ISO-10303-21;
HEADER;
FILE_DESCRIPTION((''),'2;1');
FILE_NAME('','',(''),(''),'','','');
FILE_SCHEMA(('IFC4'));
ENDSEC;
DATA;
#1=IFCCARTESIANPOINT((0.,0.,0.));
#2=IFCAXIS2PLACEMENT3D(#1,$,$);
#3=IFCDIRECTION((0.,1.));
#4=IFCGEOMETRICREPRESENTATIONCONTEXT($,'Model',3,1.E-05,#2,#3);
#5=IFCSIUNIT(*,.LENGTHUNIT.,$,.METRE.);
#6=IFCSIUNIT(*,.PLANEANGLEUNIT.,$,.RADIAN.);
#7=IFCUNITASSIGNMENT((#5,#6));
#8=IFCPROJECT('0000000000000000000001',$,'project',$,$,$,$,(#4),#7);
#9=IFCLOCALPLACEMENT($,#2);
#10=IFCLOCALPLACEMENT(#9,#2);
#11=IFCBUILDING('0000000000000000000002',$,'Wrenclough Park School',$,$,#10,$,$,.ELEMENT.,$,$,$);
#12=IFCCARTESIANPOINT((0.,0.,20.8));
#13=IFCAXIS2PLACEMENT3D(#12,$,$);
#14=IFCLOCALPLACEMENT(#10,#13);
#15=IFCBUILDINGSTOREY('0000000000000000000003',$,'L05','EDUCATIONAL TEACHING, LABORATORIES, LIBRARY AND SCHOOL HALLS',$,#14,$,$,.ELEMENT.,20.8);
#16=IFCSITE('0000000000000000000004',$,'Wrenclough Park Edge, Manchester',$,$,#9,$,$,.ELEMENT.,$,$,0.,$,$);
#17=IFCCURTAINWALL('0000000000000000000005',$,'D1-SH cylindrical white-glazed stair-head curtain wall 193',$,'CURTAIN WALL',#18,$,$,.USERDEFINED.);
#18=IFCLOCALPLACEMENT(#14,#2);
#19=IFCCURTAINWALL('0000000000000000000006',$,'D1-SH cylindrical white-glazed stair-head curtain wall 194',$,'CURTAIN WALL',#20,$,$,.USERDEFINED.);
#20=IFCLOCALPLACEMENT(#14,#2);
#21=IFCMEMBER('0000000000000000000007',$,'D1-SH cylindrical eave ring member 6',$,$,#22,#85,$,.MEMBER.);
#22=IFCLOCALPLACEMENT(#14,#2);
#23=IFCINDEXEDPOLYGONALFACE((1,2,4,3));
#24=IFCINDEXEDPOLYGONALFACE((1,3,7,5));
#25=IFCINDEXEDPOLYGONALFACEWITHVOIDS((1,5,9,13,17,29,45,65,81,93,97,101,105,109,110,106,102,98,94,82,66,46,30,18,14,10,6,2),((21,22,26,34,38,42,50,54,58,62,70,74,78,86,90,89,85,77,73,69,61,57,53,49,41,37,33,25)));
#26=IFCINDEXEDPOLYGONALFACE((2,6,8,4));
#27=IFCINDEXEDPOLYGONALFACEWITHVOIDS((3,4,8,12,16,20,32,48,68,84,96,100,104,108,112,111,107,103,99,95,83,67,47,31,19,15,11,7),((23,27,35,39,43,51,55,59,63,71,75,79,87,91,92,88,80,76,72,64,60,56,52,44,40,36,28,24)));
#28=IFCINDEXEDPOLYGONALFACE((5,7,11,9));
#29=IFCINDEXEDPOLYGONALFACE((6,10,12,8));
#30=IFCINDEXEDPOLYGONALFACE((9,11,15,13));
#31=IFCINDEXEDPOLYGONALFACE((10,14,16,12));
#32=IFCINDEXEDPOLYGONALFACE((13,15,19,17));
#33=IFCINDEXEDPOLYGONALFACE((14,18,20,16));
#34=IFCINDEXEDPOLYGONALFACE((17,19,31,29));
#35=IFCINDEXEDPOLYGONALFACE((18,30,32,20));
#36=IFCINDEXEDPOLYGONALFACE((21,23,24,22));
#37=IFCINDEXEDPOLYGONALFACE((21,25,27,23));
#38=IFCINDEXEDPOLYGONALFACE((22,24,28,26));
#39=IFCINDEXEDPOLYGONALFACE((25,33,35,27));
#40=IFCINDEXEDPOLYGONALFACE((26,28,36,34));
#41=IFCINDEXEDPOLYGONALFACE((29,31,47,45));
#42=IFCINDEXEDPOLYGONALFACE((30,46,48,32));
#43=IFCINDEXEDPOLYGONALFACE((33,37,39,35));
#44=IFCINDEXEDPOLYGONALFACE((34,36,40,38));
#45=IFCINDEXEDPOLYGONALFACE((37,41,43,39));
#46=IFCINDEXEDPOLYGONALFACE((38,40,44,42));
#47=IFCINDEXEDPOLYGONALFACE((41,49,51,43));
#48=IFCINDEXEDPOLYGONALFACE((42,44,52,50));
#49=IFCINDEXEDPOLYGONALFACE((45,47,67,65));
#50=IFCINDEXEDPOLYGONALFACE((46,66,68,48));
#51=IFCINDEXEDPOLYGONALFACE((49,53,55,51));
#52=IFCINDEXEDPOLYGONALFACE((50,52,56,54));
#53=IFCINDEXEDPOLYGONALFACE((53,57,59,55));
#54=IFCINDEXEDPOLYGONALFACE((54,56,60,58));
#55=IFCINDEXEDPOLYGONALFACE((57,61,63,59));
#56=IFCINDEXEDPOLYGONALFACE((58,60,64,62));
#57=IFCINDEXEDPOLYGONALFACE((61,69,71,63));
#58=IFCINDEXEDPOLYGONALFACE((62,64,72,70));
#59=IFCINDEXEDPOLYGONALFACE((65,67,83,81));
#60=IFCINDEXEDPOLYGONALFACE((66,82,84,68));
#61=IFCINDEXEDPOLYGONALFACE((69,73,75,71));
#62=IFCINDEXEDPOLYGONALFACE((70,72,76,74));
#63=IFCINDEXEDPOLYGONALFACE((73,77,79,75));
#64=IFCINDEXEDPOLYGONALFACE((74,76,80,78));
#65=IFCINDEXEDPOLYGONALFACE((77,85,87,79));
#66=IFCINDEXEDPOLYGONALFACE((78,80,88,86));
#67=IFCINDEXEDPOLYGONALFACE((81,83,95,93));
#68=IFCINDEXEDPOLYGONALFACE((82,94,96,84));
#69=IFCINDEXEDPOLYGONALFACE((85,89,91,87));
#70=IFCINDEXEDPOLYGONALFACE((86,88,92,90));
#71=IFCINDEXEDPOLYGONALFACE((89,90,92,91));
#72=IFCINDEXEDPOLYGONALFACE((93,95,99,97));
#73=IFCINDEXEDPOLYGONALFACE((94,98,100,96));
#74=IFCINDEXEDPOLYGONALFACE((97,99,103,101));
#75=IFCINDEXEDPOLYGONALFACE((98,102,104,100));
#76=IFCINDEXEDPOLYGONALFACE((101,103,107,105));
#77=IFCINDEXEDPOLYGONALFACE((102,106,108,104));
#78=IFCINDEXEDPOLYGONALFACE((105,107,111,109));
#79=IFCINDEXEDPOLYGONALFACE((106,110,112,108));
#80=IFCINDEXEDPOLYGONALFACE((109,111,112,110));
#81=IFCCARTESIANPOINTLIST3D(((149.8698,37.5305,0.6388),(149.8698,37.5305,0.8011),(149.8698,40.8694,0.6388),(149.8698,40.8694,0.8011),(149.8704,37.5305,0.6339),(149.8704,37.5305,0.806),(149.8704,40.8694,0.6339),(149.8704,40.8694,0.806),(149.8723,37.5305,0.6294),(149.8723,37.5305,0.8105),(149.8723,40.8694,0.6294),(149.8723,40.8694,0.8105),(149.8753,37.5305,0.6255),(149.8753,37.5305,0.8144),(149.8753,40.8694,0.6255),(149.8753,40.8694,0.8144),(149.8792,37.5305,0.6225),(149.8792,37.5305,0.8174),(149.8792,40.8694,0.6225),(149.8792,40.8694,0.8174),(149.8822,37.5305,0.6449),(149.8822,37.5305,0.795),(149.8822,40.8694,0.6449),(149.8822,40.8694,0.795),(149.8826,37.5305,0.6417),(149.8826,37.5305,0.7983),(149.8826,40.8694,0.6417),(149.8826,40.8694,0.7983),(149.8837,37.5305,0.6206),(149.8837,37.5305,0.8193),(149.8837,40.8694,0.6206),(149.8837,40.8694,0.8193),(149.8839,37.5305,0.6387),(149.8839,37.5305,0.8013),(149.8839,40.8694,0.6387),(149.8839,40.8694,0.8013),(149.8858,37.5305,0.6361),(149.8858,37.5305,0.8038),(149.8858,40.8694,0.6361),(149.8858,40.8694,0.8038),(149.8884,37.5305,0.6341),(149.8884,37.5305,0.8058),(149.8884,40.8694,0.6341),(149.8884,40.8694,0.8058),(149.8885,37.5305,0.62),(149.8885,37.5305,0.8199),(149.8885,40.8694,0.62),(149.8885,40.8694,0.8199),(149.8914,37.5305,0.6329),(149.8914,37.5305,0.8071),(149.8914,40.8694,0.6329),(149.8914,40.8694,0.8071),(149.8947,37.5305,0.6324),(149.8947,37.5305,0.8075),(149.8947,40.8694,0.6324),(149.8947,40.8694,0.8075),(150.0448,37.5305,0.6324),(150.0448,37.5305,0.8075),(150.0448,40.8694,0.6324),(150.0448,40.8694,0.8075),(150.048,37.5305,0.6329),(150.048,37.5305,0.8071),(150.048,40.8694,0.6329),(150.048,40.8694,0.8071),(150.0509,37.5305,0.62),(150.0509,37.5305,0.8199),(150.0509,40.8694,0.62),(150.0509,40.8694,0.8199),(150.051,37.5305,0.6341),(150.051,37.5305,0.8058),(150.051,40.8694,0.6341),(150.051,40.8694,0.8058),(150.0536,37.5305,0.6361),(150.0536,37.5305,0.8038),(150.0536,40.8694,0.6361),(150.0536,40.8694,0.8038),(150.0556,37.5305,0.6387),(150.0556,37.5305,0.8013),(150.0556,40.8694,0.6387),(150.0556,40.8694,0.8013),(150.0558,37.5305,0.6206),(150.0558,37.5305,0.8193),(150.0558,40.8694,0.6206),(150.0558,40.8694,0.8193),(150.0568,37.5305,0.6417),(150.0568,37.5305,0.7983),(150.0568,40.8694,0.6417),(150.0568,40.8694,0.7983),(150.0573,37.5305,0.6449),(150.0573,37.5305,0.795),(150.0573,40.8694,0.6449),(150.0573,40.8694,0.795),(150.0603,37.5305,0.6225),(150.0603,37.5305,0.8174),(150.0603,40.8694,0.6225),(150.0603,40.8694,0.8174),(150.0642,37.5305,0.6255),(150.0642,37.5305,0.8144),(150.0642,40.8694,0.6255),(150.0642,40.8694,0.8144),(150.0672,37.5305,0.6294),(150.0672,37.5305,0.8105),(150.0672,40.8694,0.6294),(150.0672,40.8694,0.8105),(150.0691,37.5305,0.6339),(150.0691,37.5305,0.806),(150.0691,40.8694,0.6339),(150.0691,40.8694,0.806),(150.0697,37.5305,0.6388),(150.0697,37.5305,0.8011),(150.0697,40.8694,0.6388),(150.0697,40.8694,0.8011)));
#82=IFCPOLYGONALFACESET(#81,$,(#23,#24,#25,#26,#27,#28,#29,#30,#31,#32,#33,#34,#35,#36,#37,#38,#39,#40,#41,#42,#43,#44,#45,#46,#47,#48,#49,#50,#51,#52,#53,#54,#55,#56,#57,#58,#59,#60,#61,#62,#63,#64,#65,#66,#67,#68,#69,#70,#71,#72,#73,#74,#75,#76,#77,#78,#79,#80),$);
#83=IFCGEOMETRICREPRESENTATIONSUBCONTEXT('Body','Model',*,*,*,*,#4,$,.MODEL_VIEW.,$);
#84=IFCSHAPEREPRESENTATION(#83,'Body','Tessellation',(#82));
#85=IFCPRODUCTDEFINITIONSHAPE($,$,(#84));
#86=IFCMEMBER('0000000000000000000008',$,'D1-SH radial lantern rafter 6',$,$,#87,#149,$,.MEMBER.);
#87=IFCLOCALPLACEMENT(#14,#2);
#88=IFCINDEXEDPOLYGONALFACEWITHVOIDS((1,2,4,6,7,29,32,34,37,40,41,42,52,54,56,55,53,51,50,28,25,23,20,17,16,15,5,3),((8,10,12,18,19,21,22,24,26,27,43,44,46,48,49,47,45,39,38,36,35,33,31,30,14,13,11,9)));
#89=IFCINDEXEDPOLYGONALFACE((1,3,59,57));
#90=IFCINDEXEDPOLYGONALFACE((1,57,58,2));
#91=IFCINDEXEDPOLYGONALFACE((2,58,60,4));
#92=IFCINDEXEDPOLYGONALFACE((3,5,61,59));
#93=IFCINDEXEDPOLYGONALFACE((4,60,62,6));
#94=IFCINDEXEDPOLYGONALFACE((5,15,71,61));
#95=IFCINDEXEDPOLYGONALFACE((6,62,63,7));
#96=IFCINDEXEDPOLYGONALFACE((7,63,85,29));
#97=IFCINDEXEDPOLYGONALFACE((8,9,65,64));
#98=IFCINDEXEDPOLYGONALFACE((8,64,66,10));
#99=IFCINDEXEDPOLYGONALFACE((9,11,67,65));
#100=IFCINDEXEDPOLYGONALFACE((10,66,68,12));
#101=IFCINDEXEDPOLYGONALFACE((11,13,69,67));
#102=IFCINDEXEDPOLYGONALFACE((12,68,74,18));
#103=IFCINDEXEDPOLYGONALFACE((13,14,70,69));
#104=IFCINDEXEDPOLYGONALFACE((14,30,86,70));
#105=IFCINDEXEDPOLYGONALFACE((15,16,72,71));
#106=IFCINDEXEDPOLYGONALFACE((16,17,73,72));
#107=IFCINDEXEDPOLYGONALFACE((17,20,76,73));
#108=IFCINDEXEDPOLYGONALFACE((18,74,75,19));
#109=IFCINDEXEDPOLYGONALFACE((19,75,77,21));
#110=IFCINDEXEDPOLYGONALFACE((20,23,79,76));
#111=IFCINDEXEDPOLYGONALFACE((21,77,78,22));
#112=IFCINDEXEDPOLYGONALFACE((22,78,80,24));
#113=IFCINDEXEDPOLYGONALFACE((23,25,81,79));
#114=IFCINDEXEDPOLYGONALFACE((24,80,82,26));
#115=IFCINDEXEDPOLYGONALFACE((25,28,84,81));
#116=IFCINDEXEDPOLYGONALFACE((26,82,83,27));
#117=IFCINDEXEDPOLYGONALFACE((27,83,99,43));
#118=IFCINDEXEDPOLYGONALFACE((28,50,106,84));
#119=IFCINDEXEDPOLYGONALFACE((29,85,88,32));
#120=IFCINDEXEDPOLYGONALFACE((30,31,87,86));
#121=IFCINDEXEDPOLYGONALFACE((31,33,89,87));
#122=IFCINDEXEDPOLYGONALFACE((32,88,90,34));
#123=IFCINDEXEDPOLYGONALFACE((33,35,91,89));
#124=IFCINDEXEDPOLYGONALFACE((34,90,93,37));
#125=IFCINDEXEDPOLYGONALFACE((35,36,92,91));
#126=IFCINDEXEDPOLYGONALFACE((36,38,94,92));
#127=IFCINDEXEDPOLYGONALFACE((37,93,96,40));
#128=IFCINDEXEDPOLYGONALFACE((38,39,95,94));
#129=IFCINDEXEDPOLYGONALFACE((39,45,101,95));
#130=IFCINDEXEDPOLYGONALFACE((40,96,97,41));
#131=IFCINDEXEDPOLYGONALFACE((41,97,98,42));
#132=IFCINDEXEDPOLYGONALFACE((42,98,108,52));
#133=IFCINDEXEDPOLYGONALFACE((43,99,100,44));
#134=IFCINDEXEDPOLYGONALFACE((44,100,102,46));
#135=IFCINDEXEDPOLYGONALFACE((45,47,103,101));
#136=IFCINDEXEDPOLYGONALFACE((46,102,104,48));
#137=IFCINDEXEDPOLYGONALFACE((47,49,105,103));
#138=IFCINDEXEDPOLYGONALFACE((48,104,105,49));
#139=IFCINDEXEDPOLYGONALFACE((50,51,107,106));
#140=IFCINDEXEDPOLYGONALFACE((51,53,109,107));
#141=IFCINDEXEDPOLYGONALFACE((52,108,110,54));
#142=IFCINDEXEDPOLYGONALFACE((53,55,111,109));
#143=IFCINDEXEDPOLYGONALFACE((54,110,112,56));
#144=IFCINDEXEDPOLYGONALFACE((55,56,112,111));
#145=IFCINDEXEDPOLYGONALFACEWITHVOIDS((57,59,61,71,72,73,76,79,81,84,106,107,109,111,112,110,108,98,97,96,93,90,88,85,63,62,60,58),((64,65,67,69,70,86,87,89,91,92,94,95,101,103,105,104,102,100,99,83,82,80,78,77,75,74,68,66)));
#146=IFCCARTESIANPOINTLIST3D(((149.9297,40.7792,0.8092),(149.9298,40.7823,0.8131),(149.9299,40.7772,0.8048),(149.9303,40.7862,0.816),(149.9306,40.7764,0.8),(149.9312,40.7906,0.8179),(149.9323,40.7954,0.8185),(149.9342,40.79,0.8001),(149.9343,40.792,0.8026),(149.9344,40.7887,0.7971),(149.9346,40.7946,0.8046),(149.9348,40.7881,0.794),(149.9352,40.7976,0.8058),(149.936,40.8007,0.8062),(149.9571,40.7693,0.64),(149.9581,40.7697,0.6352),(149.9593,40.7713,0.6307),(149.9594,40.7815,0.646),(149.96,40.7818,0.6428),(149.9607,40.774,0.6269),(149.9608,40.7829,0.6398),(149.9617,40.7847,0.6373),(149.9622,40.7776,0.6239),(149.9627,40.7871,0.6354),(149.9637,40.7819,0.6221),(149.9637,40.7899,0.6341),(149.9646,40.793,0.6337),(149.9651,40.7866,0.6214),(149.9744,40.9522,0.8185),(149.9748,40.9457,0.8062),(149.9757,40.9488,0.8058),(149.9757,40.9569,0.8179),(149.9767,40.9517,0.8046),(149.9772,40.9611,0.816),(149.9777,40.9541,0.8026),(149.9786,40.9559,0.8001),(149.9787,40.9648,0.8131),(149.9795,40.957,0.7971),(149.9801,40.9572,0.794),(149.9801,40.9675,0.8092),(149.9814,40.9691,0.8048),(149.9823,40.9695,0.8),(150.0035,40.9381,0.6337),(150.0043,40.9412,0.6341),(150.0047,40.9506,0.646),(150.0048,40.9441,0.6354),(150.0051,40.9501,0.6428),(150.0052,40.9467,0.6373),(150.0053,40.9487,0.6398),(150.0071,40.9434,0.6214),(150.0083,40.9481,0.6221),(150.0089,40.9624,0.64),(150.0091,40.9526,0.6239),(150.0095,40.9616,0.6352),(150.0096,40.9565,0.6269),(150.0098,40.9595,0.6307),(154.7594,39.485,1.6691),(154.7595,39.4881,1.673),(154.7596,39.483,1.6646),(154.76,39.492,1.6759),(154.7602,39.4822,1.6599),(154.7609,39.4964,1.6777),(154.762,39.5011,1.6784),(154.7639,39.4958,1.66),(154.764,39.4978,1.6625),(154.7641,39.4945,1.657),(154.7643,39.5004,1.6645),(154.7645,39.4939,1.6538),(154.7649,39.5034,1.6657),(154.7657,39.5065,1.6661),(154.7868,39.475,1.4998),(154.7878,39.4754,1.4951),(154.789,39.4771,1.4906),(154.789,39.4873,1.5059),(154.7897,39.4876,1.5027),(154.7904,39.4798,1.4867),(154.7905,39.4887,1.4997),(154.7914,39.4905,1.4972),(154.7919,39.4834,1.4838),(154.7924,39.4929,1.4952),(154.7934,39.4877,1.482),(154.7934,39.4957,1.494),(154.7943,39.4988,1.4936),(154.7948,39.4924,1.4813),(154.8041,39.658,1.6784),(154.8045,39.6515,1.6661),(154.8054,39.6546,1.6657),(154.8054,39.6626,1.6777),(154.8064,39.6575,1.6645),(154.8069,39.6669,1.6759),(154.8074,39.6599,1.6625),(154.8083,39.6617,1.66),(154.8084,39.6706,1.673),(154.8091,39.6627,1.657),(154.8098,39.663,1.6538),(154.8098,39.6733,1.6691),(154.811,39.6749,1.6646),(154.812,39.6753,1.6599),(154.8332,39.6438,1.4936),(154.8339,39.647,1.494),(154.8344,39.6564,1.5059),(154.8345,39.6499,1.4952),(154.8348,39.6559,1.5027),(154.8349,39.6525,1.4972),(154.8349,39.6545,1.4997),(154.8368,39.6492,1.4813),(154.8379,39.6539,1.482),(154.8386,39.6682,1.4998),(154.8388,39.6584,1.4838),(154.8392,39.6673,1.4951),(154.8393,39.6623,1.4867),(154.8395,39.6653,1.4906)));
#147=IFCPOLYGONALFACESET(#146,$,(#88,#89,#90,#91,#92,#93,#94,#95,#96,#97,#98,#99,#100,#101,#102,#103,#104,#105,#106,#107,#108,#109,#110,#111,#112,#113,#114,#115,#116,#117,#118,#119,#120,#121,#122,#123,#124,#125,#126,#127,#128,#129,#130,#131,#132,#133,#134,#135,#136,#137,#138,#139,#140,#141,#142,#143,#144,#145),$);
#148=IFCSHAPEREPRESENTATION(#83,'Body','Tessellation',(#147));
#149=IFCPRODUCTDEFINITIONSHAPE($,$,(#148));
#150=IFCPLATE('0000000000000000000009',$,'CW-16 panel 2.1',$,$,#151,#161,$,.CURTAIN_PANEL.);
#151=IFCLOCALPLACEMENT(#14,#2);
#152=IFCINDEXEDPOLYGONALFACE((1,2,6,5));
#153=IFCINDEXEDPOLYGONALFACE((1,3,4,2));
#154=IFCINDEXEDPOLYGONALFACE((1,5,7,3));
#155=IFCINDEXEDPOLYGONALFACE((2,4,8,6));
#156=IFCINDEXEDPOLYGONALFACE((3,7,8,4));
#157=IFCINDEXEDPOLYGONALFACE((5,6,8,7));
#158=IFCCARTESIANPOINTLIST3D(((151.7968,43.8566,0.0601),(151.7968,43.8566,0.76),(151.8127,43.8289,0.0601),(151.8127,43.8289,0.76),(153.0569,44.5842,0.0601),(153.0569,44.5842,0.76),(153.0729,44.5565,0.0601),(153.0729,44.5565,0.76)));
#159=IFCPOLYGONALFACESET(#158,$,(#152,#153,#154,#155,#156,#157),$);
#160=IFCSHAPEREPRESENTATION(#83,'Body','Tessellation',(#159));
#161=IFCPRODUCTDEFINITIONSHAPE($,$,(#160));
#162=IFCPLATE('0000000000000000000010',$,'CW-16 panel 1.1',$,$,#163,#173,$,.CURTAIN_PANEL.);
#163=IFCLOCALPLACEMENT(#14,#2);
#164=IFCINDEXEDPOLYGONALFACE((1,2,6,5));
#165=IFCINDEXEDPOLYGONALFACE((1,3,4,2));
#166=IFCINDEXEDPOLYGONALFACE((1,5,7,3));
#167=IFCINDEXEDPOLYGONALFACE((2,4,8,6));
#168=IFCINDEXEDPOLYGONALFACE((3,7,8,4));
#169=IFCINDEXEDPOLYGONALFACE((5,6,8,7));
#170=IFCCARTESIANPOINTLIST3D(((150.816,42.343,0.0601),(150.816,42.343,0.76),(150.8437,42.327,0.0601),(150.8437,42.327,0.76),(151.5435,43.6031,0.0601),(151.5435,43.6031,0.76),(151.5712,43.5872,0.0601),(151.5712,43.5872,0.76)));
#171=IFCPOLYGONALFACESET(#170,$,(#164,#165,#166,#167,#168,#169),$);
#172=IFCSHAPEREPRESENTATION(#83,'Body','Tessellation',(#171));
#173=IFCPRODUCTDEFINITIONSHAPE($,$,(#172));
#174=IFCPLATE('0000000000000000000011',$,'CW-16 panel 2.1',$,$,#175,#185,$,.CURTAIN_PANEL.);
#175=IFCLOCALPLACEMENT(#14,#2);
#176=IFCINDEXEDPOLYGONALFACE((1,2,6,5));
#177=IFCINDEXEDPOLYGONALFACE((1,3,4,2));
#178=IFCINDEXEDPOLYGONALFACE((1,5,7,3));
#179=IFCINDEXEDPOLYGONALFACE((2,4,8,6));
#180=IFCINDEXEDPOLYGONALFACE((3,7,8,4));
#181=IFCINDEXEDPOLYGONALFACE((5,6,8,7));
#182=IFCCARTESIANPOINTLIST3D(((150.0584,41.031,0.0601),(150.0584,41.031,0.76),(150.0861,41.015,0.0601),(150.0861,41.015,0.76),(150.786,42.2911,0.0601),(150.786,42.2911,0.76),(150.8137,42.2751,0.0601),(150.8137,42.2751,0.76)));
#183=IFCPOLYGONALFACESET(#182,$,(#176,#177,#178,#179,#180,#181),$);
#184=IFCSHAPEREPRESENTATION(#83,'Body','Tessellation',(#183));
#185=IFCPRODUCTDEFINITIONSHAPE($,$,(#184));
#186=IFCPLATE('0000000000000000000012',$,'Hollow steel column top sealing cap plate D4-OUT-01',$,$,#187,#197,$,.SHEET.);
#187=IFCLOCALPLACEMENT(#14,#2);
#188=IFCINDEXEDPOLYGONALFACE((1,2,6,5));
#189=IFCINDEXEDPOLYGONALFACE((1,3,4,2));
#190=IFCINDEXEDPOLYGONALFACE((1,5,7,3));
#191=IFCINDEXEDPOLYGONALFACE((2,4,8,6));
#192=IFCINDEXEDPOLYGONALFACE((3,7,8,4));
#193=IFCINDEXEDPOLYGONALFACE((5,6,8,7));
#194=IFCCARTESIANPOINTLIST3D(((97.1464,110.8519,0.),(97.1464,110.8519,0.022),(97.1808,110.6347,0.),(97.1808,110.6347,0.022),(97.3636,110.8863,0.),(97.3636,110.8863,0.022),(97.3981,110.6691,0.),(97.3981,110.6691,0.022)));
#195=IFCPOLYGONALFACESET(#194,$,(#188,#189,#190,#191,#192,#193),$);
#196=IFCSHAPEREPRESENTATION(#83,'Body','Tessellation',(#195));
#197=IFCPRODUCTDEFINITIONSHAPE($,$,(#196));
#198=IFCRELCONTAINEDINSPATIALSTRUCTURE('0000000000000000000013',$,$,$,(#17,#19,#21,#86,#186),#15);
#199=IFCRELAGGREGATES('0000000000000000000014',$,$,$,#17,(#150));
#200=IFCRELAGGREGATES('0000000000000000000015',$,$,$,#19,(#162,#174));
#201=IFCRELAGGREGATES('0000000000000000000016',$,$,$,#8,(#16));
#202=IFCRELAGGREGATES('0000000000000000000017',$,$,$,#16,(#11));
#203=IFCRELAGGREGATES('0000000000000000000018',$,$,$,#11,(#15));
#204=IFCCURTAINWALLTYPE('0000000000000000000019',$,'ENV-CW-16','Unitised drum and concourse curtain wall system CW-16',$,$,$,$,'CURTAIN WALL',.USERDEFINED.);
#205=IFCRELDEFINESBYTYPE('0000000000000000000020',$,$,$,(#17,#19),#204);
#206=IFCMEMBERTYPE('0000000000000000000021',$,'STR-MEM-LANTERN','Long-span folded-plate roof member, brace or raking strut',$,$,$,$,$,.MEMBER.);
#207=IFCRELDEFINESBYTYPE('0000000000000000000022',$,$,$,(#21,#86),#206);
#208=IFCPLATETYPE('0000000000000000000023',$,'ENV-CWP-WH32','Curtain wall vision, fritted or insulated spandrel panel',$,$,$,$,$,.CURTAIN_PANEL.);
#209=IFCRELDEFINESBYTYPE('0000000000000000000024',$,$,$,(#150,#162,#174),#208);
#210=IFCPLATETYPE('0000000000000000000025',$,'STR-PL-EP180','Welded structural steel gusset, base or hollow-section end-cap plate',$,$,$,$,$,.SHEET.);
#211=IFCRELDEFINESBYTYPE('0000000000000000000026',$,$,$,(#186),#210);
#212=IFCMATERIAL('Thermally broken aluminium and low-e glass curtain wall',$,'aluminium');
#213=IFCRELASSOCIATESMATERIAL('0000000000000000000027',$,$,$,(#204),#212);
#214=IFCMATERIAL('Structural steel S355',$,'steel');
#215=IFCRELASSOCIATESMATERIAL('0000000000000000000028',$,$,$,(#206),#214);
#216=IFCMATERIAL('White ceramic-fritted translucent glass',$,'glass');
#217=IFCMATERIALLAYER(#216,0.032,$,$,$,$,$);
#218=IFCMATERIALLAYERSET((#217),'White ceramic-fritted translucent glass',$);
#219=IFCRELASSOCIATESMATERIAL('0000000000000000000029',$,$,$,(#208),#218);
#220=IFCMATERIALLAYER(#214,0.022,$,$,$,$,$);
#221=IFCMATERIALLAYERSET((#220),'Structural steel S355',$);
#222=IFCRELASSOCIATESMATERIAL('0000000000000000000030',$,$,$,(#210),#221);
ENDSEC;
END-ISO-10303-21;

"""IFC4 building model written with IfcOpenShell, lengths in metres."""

from ifc_helpers import new_model, si_unit, direction, frame, origin, origin_2d, place, context, subcontext, project, spatial, rectangle, hollow_rectangle, extrude, material, layer, layer_set, material_profile, profile_set, type_object, element, aggregate, save


model = new_model("IFC4")

# Units and contexts
model_context = context("Model", 3, precision=1e-05, world=origin(), true_north=direction((0.0, 1.0)))
body_context = subcontext(model_context, "Body", "Model", "MODEL_VIEW")
ifc_project = project(units=[si_unit("LENGTHUNIT", "METRE"), si_unit("PLANEANGLEUNIT", "RADIAN")], contexts=[model_context])

# Site, building, storey
site_placement = place(None, origin())
site = spatial("IfcSite", under=ifc_project, at=site_placement, Name="Wrenclough Park Edge, Manchester", CompositionType="ELEMENT", RefElevation=0.0)
building_placement = place(site_placement, origin())
building = spatial("IfcBuilding", under=site, at=building_placement, Name="Wrenclough Park School", CompositionType="ELEMENT")
storey_placement = place(building_placement, frame((0.0, 0.0, 20.8)))
storey = spatial("IfcBuildingStorey", under=building, at=storey_placement, Name="L05", Description="EDUCATIONAL TEACHING, LABORATORIES, LIBRARY AND SCHOOL HALLS", CompositionType="ELEMENT", Elevation=20.8)

# Shared definitions
ifc_material_1 = material(Name="Structural steel S355", Category="steel")

# Curtain wall
ifc_material_2 = material(Name="Thermally broken aluminium and low-e glass curtain wall", Category="aluminium")
curtain_wall_type = type_object("IfcCurtainWallType", Name="ENV-CW-16", Description="Unitised drum and concourse curtain wall system CW-16", ElementType="CURTAIN WALL", PredefinedType="USERDEFINED", material=ifc_material_2)
curtain_wall_1_placement = place(storey_placement, origin())
curtain_wall_1 = element("IfcCurtainWall", 1, at=curtain_wall_1_placement, inside=storey, type_object=curtain_wall_type, Name="D1-SH cylindrical white-glazed stair-head curtain wall 193", ObjectType="CURTAIN WALL", PredefinedType="USERDEFINED")

# Curtain wall
curtain_wall_2_placement = place(storey_placement, origin())
curtain_wall_2 = element("IfcCurtainWall", 2, at=curtain_wall_2_placement, inside=storey, type_object=curtain_wall_type, Name="D1-SH cylindrical white-glazed stair-head curtain wall 194", ObjectType="CURTAIN WALL", PredefinedType="USERDEFINED")

# Members
ifc_material_profile_1 = material_profile(ifc_material_1, hollow_rectangle(XDim=0.2, YDim=0.2, WallThickness=0.0125, InnerFilletRadius=0.0125, OuterFilletRadius=0.0188, at=origin_2d()), Name="SHS 200x200x12.5")
ifc_profile_set_1 = profile_set([ifc_material_profile_1], Name="Structural steel S355")
member_type_1 = type_object("IfcMemberType", Name="STR-MEM-LANTERN", Description="Long-span folded-plate roof member, brace or raking strut", PredefinedType="MEMBER", material=ifc_profile_set_1)
member_1_placement = place(storey_placement, frame((149.9697, 40.8694, 0.72), z_axis=(0.0, -1.0, 0.0), x_axis=(1.0, 0.0, 0.0)))
element("IfcMember", 3, at=member_1_placement, inside=storey, type_object=member_type_1, Name="D1-SH cylindrical eave ring member 6", PredefinedType="MEMBER", context=body_context, shape_type="SweptSolid", body=[
    extrude(hollow_rectangle(XDim=0.2, YDim=0.2, WallThickness=0.0125, InnerFilletRadius=0.0125, OuterFilletRadius=0.0188, at=origin_2d()), origin(), (0.0, 0.0, 1.0), 3.3389),
])
member_2_placement = place(storey_placement, frame((149.9697, 40.8694, 0.72), z_axis=(0.951946, -0.255094, 0.169485), x_axis=(0.258839, 0.965921, 0.0)))
element("IfcMember", 4, at=member_2_placement, inside=storey, type_object=member_type_1, Name="D1-SH radial lantern rafter 6", PredefinedType="MEMBER", context=body_context, shape_type="SweptSolid", body=[
    extrude(hollow_rectangle(XDim=0.2, YDim=0.2, WallThickness=0.0125, InnerFilletRadius=0.0125, OuterFilletRadius=0.0188, at=origin_2d()), origin(), (0.0, 0.0, 1.0), 5.0735),
])

# Plates
ifc_material_3 = material(Name="White ceramic-fritted translucent glass", Category="glass")
ifc_layer_1 = layer(ifc_material_3, 0.032)
ifc_layer_set_1 = layer_set([ifc_layer_1], Name="White ceramic-fritted translucent glass")
plate_type_1 = type_object("IfcPlateType", Name="ENV-CWP-WH32", Description="Curtain wall vision, fritted or insulated spandrel panel", PredefinedType="CURTAIN_PANEL", material=ifc_layer_set_1)
plate_1_placement = place(storey_placement, frame((152.4348, 44.2065, 0.0601), z_axis=(0.0, 0.0, 1.0), x_axis=(-0.866024, -0.500003, 0.0)))
plate_1 = element("IfcPlate", 5, at=plate_1_placement, type_object=plate_type_1, Name="CW-16 panel 2.1", PredefinedType="CURTAIN_PANEL", context=body_context, shape_type="SweptSolid", body=[
    extrude(rectangle(XDim=1.4551, YDim=0.032, at=origin_2d()), origin(), (0.0, 0.0, 1.0), 0.7),
])
aggregate(curtain_wall_1, [plate_1])
plate_2_placement = place(storey_placement, frame((151.1936, 42.9651, 0.0601), z_axis=(0.0, 0.0, 1.0), x_axis=(-0.500003, -0.866024, 0.0)))
plate_2 = element("IfcPlate", 6, at=plate_2_placement, type_object=plate_type_1, Name="CW-16 panel 1.1", PredefinedType="CURTAIN_PANEL", context=body_context, shape_type="SweptSolid", body=[
    extrude(rectangle(XDim=1.4551, YDim=0.032, at=origin_2d()), origin(), (0.0, 0.0, 1.0), 0.7),
])
plate_3_placement = place(storey_placement, frame((150.436, 41.6531, 0.0601), z_axis=(0.0, 0.0, 1.0), x_axis=(-0.500003, -0.866024, 0.0)))
plate_3 = element("IfcPlate", 7, at=plate_3_placement, type_object=plate_type_1, Name="CW-16 panel 2.1", PredefinedType="CURTAIN_PANEL", context=body_context, shape_type="SweptSolid", body=[
    extrude(rectangle(XDim=1.4551, YDim=0.032, at=origin_2d()), origin(), (0.0, 0.0, 1.0), 0.7),
])
aggregate(curtain_wall_2, [plate_2, plate_3])

# Plate
ifc_layer_2 = layer(ifc_material_1, 0.022)
ifc_layer_set_2 = layer_set([ifc_layer_2], Name="Structural steel S355")
plate_type_2 = type_object("IfcPlateType", Name="STR-PL-EP180", Description="Welded structural steel gusset, base or hollow-section end-cap plate", PredefinedType="SHEET", material=ifc_layer_set_2)
for number, where, z_axis, x_axis, name in (
    (8, (97.2722, 110.7605, 0.0), (0.0, 0.0, 1.0), (-0.156434, 0.987688, 0.0), "Hollow steel column top sealing cap plate D4-OUT-01"),
):
    element("IfcPlate", number, at=place(storey_placement, frame(where, z_axis=z_axis, x_axis=x_axis)), inside=storey, type_object=plate_type_2, Name=name, PredefinedType="SHEET", context=body_context, shape_type="SweptSolid", body=[
        extrude(rectangle(XDim=0.22, YDim=0.22, at=origin_2d()), origin(), (0.0, 0.0, 1.0), 0.022),
    ])

save(model, "model.ifc")
